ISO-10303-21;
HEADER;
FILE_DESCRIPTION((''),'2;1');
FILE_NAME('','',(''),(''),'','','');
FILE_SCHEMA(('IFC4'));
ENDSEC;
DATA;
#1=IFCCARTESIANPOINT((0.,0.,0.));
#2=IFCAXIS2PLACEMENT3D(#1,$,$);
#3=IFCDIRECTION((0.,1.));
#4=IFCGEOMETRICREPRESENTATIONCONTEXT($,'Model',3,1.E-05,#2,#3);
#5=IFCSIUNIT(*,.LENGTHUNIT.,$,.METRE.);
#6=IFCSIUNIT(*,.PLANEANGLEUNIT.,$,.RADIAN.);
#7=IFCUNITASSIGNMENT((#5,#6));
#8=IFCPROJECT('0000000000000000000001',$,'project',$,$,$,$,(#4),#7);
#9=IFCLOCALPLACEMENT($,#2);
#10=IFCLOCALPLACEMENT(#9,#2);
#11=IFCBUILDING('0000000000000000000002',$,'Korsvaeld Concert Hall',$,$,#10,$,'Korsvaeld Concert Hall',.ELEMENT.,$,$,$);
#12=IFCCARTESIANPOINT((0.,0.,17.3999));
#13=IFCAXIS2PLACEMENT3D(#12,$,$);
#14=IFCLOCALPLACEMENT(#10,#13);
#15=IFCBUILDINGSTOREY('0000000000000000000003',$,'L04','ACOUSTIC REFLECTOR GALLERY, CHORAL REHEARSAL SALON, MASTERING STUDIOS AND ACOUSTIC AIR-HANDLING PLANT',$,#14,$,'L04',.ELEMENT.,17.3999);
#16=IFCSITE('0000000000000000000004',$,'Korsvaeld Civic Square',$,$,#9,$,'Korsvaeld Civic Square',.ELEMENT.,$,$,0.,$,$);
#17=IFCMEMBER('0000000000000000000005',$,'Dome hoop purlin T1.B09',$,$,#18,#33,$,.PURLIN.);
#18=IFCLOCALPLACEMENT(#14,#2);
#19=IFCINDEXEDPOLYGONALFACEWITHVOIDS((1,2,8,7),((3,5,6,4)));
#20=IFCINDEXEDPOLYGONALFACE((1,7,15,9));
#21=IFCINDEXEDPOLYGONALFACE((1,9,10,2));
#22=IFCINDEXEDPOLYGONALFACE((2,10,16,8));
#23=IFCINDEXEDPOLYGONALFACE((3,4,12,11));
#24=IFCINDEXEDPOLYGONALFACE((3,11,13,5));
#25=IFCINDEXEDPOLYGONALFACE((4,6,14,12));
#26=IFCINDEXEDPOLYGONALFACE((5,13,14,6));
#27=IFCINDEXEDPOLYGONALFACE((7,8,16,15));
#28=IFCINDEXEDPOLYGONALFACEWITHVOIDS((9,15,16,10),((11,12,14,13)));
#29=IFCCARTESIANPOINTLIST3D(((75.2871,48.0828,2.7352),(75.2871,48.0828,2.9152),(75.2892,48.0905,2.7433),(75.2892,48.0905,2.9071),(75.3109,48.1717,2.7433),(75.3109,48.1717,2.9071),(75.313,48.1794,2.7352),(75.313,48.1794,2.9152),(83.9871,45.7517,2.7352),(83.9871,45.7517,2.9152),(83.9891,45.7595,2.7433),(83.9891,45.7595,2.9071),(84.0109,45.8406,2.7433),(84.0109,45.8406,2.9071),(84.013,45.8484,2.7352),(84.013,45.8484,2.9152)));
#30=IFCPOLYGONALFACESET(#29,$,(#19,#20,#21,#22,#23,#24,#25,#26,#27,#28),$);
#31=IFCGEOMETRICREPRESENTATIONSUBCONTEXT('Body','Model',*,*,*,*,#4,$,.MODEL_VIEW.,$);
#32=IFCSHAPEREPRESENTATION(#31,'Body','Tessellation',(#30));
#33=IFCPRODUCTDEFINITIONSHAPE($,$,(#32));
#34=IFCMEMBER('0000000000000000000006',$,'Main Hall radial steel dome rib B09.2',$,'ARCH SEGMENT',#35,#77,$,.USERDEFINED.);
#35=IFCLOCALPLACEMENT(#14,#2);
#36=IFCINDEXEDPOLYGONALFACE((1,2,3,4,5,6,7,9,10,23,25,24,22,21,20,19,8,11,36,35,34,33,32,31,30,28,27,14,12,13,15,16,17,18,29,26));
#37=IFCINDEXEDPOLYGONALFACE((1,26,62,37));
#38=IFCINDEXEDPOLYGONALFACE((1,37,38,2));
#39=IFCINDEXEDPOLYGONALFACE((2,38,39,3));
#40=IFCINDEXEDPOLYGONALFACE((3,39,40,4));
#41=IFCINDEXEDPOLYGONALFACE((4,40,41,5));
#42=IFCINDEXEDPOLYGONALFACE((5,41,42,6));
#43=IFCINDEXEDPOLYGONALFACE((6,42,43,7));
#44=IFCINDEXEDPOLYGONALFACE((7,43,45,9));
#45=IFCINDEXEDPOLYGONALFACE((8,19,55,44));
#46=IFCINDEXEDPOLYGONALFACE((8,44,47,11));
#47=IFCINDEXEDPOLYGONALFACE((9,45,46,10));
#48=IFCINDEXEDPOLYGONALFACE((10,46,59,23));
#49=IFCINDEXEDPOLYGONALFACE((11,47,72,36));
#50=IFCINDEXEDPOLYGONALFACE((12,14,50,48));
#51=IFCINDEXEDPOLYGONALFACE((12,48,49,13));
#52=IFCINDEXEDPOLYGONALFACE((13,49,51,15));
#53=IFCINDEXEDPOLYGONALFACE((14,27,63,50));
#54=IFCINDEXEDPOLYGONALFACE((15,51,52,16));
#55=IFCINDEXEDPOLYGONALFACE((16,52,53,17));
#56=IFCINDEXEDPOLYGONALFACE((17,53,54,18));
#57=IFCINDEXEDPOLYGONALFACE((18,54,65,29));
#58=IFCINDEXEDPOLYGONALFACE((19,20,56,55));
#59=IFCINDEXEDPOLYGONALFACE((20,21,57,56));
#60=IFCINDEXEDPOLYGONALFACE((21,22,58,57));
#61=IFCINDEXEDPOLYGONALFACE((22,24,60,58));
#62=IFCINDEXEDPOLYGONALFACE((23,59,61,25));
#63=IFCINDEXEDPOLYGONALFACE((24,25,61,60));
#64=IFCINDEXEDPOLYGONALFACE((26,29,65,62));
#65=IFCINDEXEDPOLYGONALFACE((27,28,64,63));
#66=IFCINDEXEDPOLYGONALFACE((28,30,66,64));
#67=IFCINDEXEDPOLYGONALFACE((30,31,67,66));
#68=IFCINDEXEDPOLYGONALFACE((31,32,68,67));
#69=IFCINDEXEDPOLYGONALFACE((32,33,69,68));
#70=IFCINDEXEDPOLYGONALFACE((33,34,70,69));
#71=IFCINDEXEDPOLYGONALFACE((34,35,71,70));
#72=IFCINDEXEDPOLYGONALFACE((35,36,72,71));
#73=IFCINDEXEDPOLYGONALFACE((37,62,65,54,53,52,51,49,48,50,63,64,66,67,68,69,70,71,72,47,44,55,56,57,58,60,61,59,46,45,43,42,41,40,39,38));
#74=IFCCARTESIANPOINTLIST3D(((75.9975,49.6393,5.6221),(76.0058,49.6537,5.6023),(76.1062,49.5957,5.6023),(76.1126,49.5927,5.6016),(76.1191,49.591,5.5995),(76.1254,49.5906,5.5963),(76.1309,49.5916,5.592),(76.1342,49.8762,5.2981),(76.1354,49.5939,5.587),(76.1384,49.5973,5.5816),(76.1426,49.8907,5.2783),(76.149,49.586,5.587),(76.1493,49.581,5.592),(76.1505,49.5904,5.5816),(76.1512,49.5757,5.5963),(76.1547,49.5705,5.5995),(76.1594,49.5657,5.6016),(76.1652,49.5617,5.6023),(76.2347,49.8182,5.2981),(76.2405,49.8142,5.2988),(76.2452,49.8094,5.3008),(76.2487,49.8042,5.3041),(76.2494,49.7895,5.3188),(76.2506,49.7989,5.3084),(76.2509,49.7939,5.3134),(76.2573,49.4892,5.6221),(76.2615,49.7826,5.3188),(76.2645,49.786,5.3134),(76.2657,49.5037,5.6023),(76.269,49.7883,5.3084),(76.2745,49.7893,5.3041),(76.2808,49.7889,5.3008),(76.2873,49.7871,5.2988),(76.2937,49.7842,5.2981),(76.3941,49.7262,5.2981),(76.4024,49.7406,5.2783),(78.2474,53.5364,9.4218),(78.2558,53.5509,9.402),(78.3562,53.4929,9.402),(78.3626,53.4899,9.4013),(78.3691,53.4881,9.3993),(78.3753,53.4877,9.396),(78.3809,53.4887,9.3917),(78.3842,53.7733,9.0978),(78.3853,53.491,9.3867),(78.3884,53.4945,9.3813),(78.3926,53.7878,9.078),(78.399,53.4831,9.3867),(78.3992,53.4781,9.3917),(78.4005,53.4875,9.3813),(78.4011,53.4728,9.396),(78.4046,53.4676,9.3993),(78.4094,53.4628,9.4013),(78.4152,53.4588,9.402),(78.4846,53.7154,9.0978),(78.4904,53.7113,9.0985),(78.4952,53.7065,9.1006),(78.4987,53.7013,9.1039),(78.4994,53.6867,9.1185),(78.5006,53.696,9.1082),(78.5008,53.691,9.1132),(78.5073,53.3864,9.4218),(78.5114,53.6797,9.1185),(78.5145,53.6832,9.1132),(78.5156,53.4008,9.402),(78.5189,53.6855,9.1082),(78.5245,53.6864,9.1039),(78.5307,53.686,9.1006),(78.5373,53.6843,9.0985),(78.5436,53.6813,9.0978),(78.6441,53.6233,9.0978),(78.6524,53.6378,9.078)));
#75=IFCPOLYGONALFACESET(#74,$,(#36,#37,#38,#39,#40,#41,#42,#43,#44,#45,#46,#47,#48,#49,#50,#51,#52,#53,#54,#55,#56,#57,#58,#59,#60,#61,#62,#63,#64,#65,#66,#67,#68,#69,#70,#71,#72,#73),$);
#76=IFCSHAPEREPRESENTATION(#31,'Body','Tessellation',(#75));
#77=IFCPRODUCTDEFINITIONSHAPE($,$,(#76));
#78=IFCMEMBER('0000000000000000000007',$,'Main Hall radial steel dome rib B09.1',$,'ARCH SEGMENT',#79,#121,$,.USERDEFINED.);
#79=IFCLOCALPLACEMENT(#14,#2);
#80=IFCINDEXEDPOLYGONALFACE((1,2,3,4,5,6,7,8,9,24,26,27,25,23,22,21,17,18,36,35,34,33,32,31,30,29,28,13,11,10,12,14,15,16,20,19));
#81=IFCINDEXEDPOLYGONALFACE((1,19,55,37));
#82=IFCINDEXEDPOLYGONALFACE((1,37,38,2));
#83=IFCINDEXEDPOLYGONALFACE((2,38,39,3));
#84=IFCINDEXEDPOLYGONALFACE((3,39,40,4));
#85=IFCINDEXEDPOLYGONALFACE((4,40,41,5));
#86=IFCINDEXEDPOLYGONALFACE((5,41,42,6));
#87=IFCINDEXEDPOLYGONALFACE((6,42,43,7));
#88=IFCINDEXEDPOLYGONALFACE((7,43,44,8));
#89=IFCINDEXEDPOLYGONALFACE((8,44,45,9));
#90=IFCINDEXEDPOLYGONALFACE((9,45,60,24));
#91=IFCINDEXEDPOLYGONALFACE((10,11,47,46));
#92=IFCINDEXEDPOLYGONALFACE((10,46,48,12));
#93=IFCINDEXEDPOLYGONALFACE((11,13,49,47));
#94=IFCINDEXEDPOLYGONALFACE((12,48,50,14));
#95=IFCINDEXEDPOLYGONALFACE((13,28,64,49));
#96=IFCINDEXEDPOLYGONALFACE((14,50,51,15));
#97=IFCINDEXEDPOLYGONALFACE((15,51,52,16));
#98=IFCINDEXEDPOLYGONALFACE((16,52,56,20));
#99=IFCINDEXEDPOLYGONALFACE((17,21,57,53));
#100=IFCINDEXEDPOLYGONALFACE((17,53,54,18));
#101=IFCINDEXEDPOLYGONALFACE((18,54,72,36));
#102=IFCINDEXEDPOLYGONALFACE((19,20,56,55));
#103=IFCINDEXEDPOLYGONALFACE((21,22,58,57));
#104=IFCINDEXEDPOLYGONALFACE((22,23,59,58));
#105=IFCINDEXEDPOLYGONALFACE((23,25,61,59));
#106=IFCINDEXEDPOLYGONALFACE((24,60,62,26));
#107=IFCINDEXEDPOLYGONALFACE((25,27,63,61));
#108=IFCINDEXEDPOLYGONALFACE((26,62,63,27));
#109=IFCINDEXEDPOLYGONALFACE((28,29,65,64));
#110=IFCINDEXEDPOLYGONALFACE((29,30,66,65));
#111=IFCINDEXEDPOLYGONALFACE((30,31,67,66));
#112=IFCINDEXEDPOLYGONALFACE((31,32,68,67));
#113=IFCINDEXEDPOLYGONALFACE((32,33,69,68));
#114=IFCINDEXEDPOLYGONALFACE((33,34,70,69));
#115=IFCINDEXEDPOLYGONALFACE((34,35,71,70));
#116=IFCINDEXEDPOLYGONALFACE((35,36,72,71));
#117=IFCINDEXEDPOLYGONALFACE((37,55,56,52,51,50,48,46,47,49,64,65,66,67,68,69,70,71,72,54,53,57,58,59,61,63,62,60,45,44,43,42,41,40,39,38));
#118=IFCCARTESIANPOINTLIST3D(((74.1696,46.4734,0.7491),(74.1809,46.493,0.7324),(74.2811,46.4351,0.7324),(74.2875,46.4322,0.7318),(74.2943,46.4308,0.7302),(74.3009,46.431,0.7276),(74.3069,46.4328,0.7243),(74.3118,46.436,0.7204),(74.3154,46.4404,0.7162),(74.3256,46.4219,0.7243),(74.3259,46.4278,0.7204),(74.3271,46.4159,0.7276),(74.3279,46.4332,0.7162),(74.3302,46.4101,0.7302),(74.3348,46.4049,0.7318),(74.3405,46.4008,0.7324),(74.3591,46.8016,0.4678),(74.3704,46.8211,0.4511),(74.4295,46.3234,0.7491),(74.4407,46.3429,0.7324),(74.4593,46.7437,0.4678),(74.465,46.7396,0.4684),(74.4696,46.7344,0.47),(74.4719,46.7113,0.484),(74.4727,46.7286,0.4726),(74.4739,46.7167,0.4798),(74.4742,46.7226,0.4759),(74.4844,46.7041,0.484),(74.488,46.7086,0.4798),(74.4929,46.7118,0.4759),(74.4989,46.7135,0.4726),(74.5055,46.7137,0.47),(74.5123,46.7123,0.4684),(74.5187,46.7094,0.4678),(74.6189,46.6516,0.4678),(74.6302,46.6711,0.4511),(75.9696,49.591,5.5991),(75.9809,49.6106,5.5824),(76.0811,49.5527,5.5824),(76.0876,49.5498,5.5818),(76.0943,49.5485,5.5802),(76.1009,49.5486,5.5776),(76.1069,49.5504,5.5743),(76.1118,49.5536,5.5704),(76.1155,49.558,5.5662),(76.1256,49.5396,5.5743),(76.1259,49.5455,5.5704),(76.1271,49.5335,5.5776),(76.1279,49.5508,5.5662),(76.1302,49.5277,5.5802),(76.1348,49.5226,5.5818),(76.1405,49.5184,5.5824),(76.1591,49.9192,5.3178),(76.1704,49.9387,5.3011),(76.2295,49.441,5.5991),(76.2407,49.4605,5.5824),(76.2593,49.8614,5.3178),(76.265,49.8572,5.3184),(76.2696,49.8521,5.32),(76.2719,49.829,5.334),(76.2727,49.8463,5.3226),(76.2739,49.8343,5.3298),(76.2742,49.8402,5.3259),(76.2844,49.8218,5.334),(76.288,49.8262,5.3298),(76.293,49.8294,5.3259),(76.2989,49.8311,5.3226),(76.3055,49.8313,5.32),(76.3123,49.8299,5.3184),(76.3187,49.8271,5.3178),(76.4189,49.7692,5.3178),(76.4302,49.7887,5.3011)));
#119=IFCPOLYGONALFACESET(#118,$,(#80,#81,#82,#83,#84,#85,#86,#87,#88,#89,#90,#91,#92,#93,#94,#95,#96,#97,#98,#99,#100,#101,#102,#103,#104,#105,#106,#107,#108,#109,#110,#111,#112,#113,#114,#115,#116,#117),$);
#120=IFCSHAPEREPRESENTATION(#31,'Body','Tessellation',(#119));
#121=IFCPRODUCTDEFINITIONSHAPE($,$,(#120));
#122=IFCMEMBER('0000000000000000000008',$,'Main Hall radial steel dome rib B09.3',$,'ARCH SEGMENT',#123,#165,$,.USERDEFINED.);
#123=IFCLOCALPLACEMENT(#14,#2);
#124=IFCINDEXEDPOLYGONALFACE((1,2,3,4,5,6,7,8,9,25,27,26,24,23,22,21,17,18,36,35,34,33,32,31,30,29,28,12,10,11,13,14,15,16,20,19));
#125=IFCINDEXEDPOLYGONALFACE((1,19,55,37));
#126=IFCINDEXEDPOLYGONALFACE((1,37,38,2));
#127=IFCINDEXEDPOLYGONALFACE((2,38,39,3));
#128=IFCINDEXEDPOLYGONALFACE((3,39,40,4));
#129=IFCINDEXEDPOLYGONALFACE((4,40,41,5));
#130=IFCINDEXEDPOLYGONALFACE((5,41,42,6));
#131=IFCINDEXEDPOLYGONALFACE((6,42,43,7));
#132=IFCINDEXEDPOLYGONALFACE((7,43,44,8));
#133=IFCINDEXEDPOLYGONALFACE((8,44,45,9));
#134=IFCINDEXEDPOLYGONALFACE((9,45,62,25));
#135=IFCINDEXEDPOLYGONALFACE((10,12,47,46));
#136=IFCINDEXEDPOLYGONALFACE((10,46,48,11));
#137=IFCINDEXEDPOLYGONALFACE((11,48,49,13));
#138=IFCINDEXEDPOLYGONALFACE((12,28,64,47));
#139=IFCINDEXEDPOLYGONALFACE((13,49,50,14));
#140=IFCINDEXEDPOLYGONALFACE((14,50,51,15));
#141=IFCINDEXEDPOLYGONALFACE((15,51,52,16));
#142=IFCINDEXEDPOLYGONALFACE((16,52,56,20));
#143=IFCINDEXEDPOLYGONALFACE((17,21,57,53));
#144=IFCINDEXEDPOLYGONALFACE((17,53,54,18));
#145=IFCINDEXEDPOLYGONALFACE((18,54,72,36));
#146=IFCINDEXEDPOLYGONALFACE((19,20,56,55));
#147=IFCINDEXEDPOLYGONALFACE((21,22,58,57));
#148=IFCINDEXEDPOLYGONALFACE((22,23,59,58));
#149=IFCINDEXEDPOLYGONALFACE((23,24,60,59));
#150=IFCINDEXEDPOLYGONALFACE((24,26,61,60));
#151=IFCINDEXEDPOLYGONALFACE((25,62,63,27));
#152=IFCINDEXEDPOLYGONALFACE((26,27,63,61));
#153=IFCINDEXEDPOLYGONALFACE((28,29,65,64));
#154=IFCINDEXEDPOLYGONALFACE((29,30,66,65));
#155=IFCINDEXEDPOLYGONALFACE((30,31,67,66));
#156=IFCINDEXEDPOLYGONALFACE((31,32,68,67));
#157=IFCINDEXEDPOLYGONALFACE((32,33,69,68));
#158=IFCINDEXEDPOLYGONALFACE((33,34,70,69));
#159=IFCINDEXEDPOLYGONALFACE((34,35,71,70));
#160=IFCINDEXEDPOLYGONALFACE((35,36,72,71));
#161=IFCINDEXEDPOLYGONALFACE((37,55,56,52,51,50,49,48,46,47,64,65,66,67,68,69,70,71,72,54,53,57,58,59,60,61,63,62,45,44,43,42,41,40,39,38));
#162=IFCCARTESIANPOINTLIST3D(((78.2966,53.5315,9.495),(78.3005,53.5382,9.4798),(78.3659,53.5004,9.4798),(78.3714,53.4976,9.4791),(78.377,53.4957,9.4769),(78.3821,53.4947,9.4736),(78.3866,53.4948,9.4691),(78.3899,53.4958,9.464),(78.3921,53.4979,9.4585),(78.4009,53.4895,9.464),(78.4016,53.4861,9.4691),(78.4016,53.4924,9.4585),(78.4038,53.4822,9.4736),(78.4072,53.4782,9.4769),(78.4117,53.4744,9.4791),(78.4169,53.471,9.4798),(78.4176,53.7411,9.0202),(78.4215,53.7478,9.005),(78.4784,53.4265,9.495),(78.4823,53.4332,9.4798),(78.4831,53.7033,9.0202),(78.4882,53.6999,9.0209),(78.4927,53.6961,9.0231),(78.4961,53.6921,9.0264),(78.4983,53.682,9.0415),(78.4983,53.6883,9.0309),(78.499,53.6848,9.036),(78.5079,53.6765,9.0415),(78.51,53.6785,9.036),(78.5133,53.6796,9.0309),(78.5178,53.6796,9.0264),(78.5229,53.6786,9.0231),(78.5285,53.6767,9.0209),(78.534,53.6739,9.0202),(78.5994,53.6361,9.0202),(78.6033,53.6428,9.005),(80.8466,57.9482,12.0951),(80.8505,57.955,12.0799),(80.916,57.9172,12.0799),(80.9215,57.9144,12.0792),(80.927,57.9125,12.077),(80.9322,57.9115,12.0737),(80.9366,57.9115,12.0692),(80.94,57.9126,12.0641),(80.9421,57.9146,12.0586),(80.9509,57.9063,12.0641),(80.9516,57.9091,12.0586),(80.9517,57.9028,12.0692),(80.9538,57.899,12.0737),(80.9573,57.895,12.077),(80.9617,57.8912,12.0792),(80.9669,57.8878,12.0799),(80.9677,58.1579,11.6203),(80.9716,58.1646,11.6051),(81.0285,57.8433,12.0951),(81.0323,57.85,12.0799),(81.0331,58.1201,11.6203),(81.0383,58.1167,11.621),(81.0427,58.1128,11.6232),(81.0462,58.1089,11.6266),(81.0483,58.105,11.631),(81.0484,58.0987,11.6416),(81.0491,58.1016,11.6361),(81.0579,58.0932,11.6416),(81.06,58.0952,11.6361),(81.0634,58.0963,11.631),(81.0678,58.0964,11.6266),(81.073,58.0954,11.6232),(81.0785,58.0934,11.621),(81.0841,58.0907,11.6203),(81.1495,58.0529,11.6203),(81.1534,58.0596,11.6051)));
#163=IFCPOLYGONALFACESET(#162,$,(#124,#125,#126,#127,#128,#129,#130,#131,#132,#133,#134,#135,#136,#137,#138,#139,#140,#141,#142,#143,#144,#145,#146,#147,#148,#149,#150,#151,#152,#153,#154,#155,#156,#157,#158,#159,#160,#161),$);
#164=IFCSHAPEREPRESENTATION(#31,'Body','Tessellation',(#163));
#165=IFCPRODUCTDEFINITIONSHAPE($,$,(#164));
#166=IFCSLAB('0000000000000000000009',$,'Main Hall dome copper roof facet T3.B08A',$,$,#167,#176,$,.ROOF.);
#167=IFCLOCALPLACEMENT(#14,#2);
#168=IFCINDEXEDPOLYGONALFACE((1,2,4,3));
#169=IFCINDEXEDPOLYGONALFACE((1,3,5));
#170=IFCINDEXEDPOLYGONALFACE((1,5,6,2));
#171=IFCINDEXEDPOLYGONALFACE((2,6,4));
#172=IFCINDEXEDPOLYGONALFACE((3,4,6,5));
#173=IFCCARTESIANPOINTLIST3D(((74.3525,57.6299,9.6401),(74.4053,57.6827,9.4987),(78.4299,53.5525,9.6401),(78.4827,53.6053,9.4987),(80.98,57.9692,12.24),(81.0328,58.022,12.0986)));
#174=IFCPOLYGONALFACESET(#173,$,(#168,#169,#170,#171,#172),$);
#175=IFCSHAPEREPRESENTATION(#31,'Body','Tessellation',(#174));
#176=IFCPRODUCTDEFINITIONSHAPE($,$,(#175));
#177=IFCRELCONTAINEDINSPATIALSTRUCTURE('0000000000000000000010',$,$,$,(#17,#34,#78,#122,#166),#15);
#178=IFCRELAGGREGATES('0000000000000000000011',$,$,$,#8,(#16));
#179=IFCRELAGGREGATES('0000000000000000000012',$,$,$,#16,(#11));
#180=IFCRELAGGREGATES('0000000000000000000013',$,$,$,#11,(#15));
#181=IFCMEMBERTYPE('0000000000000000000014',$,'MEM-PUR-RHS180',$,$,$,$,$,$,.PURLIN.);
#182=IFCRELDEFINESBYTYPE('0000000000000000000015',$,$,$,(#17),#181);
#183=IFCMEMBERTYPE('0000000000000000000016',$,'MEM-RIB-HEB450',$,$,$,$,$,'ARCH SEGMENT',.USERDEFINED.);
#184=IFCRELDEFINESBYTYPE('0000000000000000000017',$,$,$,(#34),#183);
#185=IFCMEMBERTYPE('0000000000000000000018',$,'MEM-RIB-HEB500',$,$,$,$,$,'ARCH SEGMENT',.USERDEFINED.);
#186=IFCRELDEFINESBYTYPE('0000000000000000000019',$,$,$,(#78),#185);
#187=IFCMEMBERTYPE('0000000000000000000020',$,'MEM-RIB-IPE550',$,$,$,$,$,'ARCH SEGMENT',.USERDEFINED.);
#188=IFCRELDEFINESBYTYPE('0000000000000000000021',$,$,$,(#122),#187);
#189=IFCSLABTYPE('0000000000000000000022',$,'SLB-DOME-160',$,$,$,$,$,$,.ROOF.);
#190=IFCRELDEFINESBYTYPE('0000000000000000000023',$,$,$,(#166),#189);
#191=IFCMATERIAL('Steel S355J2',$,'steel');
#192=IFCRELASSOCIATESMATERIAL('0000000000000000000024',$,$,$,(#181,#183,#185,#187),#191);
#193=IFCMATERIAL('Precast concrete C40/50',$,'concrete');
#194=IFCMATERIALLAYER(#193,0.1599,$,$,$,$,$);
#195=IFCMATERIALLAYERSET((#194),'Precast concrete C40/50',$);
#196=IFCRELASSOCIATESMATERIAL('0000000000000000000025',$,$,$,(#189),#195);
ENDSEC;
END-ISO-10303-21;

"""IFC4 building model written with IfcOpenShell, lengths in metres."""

from ifc_helpers import new_model, si_unit, direction, frame, origin, origin_2d, place, context, subcontext, project, spatial, polyline, hollow_rectangle, i_section, outline, extrude, material, layer, layer_set, material_profile, profile_set, type_object, element, save


model = new_model("IFC4")

# Units and contexts
model_context = context("Model", 3, precision=1e-05, world=origin(), true_north=direction((0.0, 1.0)))
body_context = subcontext(model_context, "Body", "Model", "MODEL_VIEW")
ifc_project = project(units=[si_unit("LENGTHUNIT", "METRE"), si_unit("PLANEANGLEUNIT", "RADIAN")], contexts=[model_context])

# Site, building, storey
site_placement = place(None, origin())
site = spatial("IfcSite", under=ifc_project, at=site_placement, Name="Korsvaeld Civic Square", LongName="Korsvaeld Civic Square", CompositionType="ELEMENT", RefElevation=0.0)
building_placement = place(site_placement, origin())
building = spatial("IfcBuilding", under=site, at=building_placement, Name="Korsvaeld Concert Hall", LongName="Korsvaeld Concert Hall", CompositionType="ELEMENT")
storey_placement = place(building_placement, frame((0.0, 0.0, 17.3999)))
storey = spatial("IfcBuildingStorey", under=building, at=storey_placement, Name="L04", Description="ACOUSTIC REFLECTOR GALLERY, CHORAL REHEARSAL SALON, MASTERING STUDIOS AND ACOUSTIC AIR-HANDLING PLANT", LongName="L04", CompositionType="ELEMENT", Elevation=17.3999)

# Shared definitions
ifc_material_1 = material(Name="Steel S355J2", Category="steel")

# Members
ifc_material_profile_1 = material_profile(ifc_material_1, hollow_rectangle(XDim=0.1001, YDim=0.1799, WallThickness=0.0081, at=origin_2d()), Name="RHS 180x100x8")
ifc_profile_set_1 = profile_set([ifc_material_profile_1], Name="Steel S355J2")
member_type_1 = type_object("IfcMemberType", Name="MEM-PUR-RHS180", PredefinedType="PURLIN", material=ifc_profile_set_1)
member_1_placement = place(storey_placement, frame((75.3, 48.1311, 2.8252), z_axis=(0.965928, -0.25881, 0.0), x_axis=(0.25881, 0.965928, 0.0)))
element("IfcMember", 1, at=member_1_placement, inside=storey, type_object=member_type_1, Name="Dome hoop purlin T1.B09", PredefinedType="PURLIN", context=body_context, shape_type="SweptSolid", body=[
    extrude(hollow_rectangle(XDim=0.1001, YDim=0.1799, WallThickness=0.0081, at=origin_2d()), origin(), (0.0, 0.0, 1.0), 9.0068),
])
ifc_material_profile_2 = material_profile(ifc_material_1, i_section(OverallWidth=0.3, OverallDepth=0.45, WebThickness=0.0139, FlangeThickness=0.0259, FilletRadius=0.0271, at=origin_2d()), Name="HEB 450")
ifc_profile_set_2 = profile_set([ifc_material_profile_2], Name="Steel S355J2")
member_type_2 = type_object("IfcMemberType", Name="MEM-RIB-HEB450", ElementType="ARCH SEGMENT", PredefinedType="USERDEFINED", material=ifc_profile_set_2)
member_2_placement = place(storey_placement, frame((76.2, 49.6899, 5.4502), z_axis=(0.382019, 0.661693, 0.645154), x_axis=(-0.866031, 0.49999, 0.0)))
element("IfcMember", 2, at=member_2_placement, inside=storey, type_object=member_type_2, Name="Main Hall radial steel dome rib B09.2", ObjectType="ARCH SEGMENT", PredefinedType="USERDEFINED", context=body_context, shape_type="SweptSolid", body=[
    extrude(i_section(OverallWidth=0.3, OverallDepth=0.45, WebThickness=0.0139, FlangeThickness=0.0259, FilletRadius=0.0271, at=origin_2d()), origin(), (0.0, 0.0, 1.0), 5.8896),
])
ifc_material_profile_3 = material_profile(ifc_material_1, i_section(OverallWidth=0.3, OverallDepth=0.5, WebThickness=0.0144, FlangeThickness=0.0281, FilletRadius=0.0271, at=origin_2d()), Name="HEB 500")
ifc_profile_set_3 = profile_set([ifc_material_profile_3], Name="Steel S355J2")
member_type_3 = type_object("IfcMemberType", Name="MEM-RIB-HEB500", ElementType="ARCH SEGMENT", PredefinedType="USERDEFINED", material=ifc_profile_set_3)
member_3_placement = place(storey_placement, frame((74.3999, 46.5723, 0.6001), z_axis=(0.298013, 0.516158, 0.802975), x_axis=(-0.866018, 0.500012, 0.0)))
element("IfcMember", 3, at=member_3_placement, inside=storey, type_object=member_type_3, Name="Main Hall radial steel dome rib B09.1", ObjectType="ARCH SEGMENT", PredefinedType="USERDEFINED", context=body_context, shape_type="SweptSolid", body=[
    extrude(i_section(OverallWidth=0.3, OverallDepth=0.5, WebThickness=0.0144, FlangeThickness=0.0281, FilletRadius=0.0271, at=origin_2d()), origin(), (0.0, 0.0, 1.0), 6.04),
])
ifc_material_profile_4 = material_profile(ifc_material_1, i_section(OverallWidth=0.21, OverallDepth=0.55, WebThickness=0.011, FlangeThickness=0.0171, FilletRadius=0.0239, at=origin_2d()), Name="IPE 550")
ifc_profile_set_4 = profile_set([ifc_material_profile_4], Name="Steel S355J2")
member_type_4 = type_object("IfcMemberType", Name="MEM-RIB-IPE550", ElementType="ARCH SEGMENT", PredefinedType="USERDEFINED", material=ifc_profile_set_4)
member_4_placement = place(storey_placement, frame((78.45, 53.5872, 9.25), z_axis=(0.445455, 0.77154, 0.454198), x_axis=(-0.866022, 0.500006, 0.0)))
element("IfcMember", 4, at=member_4_placement, inside=storey, type_object=member_type_4, Name="Main Hall radial steel dome rib B09.3", ObjectType="ARCH SEGMENT", PredefinedType="USERDEFINED", context=body_context, shape_type="SweptSolid", body=[
    extrude(i_section(OverallWidth=0.21, OverallDepth=0.55, WebThickness=0.011, FlangeThickness=0.0171, FilletRadius=0.0239, at=origin_2d()), origin(), (0.0, 0.0, 1.0), 5.7246),
])

# Slab
ifc_material_2 = material(Name="Precast concrete C40/50", Category="concrete")
ifc_layer = layer(ifc_material_2, 0.1599)
ifc_layer_set = layer_set([ifc_layer], Name="Precast concrete C40/50")
slab_type = type_object("IfcSlabType", Name="SLB-DOME-160", PredefinedType="ROOF", material=ifc_layer_set)
slab_1_placement = place(storey_placement, frame((74.3525, 57.6299, 9.6401), z_axis=(-0.330036, -0.330036, 0.884394), x_axis=(0.707107, -0.707107, 0.0)))
element("IfcSlab", 5, at=slab_1_placement, inside=storey, type_object=slab_type, Name="Main Hall dome copper roof facet T3.B08A", PredefinedType="ROOF", context=body_context, shape_type="SweptSolid", body=[
    extrude(outline(polyline([(0.0, 0.0), (5.7663, 0.0), (4.4463, 5.5702), (0.0, 0.0)])), origin(), (0.0, 0.0, -1.0), 0.1599),
])

save(model, "model.ifc")
